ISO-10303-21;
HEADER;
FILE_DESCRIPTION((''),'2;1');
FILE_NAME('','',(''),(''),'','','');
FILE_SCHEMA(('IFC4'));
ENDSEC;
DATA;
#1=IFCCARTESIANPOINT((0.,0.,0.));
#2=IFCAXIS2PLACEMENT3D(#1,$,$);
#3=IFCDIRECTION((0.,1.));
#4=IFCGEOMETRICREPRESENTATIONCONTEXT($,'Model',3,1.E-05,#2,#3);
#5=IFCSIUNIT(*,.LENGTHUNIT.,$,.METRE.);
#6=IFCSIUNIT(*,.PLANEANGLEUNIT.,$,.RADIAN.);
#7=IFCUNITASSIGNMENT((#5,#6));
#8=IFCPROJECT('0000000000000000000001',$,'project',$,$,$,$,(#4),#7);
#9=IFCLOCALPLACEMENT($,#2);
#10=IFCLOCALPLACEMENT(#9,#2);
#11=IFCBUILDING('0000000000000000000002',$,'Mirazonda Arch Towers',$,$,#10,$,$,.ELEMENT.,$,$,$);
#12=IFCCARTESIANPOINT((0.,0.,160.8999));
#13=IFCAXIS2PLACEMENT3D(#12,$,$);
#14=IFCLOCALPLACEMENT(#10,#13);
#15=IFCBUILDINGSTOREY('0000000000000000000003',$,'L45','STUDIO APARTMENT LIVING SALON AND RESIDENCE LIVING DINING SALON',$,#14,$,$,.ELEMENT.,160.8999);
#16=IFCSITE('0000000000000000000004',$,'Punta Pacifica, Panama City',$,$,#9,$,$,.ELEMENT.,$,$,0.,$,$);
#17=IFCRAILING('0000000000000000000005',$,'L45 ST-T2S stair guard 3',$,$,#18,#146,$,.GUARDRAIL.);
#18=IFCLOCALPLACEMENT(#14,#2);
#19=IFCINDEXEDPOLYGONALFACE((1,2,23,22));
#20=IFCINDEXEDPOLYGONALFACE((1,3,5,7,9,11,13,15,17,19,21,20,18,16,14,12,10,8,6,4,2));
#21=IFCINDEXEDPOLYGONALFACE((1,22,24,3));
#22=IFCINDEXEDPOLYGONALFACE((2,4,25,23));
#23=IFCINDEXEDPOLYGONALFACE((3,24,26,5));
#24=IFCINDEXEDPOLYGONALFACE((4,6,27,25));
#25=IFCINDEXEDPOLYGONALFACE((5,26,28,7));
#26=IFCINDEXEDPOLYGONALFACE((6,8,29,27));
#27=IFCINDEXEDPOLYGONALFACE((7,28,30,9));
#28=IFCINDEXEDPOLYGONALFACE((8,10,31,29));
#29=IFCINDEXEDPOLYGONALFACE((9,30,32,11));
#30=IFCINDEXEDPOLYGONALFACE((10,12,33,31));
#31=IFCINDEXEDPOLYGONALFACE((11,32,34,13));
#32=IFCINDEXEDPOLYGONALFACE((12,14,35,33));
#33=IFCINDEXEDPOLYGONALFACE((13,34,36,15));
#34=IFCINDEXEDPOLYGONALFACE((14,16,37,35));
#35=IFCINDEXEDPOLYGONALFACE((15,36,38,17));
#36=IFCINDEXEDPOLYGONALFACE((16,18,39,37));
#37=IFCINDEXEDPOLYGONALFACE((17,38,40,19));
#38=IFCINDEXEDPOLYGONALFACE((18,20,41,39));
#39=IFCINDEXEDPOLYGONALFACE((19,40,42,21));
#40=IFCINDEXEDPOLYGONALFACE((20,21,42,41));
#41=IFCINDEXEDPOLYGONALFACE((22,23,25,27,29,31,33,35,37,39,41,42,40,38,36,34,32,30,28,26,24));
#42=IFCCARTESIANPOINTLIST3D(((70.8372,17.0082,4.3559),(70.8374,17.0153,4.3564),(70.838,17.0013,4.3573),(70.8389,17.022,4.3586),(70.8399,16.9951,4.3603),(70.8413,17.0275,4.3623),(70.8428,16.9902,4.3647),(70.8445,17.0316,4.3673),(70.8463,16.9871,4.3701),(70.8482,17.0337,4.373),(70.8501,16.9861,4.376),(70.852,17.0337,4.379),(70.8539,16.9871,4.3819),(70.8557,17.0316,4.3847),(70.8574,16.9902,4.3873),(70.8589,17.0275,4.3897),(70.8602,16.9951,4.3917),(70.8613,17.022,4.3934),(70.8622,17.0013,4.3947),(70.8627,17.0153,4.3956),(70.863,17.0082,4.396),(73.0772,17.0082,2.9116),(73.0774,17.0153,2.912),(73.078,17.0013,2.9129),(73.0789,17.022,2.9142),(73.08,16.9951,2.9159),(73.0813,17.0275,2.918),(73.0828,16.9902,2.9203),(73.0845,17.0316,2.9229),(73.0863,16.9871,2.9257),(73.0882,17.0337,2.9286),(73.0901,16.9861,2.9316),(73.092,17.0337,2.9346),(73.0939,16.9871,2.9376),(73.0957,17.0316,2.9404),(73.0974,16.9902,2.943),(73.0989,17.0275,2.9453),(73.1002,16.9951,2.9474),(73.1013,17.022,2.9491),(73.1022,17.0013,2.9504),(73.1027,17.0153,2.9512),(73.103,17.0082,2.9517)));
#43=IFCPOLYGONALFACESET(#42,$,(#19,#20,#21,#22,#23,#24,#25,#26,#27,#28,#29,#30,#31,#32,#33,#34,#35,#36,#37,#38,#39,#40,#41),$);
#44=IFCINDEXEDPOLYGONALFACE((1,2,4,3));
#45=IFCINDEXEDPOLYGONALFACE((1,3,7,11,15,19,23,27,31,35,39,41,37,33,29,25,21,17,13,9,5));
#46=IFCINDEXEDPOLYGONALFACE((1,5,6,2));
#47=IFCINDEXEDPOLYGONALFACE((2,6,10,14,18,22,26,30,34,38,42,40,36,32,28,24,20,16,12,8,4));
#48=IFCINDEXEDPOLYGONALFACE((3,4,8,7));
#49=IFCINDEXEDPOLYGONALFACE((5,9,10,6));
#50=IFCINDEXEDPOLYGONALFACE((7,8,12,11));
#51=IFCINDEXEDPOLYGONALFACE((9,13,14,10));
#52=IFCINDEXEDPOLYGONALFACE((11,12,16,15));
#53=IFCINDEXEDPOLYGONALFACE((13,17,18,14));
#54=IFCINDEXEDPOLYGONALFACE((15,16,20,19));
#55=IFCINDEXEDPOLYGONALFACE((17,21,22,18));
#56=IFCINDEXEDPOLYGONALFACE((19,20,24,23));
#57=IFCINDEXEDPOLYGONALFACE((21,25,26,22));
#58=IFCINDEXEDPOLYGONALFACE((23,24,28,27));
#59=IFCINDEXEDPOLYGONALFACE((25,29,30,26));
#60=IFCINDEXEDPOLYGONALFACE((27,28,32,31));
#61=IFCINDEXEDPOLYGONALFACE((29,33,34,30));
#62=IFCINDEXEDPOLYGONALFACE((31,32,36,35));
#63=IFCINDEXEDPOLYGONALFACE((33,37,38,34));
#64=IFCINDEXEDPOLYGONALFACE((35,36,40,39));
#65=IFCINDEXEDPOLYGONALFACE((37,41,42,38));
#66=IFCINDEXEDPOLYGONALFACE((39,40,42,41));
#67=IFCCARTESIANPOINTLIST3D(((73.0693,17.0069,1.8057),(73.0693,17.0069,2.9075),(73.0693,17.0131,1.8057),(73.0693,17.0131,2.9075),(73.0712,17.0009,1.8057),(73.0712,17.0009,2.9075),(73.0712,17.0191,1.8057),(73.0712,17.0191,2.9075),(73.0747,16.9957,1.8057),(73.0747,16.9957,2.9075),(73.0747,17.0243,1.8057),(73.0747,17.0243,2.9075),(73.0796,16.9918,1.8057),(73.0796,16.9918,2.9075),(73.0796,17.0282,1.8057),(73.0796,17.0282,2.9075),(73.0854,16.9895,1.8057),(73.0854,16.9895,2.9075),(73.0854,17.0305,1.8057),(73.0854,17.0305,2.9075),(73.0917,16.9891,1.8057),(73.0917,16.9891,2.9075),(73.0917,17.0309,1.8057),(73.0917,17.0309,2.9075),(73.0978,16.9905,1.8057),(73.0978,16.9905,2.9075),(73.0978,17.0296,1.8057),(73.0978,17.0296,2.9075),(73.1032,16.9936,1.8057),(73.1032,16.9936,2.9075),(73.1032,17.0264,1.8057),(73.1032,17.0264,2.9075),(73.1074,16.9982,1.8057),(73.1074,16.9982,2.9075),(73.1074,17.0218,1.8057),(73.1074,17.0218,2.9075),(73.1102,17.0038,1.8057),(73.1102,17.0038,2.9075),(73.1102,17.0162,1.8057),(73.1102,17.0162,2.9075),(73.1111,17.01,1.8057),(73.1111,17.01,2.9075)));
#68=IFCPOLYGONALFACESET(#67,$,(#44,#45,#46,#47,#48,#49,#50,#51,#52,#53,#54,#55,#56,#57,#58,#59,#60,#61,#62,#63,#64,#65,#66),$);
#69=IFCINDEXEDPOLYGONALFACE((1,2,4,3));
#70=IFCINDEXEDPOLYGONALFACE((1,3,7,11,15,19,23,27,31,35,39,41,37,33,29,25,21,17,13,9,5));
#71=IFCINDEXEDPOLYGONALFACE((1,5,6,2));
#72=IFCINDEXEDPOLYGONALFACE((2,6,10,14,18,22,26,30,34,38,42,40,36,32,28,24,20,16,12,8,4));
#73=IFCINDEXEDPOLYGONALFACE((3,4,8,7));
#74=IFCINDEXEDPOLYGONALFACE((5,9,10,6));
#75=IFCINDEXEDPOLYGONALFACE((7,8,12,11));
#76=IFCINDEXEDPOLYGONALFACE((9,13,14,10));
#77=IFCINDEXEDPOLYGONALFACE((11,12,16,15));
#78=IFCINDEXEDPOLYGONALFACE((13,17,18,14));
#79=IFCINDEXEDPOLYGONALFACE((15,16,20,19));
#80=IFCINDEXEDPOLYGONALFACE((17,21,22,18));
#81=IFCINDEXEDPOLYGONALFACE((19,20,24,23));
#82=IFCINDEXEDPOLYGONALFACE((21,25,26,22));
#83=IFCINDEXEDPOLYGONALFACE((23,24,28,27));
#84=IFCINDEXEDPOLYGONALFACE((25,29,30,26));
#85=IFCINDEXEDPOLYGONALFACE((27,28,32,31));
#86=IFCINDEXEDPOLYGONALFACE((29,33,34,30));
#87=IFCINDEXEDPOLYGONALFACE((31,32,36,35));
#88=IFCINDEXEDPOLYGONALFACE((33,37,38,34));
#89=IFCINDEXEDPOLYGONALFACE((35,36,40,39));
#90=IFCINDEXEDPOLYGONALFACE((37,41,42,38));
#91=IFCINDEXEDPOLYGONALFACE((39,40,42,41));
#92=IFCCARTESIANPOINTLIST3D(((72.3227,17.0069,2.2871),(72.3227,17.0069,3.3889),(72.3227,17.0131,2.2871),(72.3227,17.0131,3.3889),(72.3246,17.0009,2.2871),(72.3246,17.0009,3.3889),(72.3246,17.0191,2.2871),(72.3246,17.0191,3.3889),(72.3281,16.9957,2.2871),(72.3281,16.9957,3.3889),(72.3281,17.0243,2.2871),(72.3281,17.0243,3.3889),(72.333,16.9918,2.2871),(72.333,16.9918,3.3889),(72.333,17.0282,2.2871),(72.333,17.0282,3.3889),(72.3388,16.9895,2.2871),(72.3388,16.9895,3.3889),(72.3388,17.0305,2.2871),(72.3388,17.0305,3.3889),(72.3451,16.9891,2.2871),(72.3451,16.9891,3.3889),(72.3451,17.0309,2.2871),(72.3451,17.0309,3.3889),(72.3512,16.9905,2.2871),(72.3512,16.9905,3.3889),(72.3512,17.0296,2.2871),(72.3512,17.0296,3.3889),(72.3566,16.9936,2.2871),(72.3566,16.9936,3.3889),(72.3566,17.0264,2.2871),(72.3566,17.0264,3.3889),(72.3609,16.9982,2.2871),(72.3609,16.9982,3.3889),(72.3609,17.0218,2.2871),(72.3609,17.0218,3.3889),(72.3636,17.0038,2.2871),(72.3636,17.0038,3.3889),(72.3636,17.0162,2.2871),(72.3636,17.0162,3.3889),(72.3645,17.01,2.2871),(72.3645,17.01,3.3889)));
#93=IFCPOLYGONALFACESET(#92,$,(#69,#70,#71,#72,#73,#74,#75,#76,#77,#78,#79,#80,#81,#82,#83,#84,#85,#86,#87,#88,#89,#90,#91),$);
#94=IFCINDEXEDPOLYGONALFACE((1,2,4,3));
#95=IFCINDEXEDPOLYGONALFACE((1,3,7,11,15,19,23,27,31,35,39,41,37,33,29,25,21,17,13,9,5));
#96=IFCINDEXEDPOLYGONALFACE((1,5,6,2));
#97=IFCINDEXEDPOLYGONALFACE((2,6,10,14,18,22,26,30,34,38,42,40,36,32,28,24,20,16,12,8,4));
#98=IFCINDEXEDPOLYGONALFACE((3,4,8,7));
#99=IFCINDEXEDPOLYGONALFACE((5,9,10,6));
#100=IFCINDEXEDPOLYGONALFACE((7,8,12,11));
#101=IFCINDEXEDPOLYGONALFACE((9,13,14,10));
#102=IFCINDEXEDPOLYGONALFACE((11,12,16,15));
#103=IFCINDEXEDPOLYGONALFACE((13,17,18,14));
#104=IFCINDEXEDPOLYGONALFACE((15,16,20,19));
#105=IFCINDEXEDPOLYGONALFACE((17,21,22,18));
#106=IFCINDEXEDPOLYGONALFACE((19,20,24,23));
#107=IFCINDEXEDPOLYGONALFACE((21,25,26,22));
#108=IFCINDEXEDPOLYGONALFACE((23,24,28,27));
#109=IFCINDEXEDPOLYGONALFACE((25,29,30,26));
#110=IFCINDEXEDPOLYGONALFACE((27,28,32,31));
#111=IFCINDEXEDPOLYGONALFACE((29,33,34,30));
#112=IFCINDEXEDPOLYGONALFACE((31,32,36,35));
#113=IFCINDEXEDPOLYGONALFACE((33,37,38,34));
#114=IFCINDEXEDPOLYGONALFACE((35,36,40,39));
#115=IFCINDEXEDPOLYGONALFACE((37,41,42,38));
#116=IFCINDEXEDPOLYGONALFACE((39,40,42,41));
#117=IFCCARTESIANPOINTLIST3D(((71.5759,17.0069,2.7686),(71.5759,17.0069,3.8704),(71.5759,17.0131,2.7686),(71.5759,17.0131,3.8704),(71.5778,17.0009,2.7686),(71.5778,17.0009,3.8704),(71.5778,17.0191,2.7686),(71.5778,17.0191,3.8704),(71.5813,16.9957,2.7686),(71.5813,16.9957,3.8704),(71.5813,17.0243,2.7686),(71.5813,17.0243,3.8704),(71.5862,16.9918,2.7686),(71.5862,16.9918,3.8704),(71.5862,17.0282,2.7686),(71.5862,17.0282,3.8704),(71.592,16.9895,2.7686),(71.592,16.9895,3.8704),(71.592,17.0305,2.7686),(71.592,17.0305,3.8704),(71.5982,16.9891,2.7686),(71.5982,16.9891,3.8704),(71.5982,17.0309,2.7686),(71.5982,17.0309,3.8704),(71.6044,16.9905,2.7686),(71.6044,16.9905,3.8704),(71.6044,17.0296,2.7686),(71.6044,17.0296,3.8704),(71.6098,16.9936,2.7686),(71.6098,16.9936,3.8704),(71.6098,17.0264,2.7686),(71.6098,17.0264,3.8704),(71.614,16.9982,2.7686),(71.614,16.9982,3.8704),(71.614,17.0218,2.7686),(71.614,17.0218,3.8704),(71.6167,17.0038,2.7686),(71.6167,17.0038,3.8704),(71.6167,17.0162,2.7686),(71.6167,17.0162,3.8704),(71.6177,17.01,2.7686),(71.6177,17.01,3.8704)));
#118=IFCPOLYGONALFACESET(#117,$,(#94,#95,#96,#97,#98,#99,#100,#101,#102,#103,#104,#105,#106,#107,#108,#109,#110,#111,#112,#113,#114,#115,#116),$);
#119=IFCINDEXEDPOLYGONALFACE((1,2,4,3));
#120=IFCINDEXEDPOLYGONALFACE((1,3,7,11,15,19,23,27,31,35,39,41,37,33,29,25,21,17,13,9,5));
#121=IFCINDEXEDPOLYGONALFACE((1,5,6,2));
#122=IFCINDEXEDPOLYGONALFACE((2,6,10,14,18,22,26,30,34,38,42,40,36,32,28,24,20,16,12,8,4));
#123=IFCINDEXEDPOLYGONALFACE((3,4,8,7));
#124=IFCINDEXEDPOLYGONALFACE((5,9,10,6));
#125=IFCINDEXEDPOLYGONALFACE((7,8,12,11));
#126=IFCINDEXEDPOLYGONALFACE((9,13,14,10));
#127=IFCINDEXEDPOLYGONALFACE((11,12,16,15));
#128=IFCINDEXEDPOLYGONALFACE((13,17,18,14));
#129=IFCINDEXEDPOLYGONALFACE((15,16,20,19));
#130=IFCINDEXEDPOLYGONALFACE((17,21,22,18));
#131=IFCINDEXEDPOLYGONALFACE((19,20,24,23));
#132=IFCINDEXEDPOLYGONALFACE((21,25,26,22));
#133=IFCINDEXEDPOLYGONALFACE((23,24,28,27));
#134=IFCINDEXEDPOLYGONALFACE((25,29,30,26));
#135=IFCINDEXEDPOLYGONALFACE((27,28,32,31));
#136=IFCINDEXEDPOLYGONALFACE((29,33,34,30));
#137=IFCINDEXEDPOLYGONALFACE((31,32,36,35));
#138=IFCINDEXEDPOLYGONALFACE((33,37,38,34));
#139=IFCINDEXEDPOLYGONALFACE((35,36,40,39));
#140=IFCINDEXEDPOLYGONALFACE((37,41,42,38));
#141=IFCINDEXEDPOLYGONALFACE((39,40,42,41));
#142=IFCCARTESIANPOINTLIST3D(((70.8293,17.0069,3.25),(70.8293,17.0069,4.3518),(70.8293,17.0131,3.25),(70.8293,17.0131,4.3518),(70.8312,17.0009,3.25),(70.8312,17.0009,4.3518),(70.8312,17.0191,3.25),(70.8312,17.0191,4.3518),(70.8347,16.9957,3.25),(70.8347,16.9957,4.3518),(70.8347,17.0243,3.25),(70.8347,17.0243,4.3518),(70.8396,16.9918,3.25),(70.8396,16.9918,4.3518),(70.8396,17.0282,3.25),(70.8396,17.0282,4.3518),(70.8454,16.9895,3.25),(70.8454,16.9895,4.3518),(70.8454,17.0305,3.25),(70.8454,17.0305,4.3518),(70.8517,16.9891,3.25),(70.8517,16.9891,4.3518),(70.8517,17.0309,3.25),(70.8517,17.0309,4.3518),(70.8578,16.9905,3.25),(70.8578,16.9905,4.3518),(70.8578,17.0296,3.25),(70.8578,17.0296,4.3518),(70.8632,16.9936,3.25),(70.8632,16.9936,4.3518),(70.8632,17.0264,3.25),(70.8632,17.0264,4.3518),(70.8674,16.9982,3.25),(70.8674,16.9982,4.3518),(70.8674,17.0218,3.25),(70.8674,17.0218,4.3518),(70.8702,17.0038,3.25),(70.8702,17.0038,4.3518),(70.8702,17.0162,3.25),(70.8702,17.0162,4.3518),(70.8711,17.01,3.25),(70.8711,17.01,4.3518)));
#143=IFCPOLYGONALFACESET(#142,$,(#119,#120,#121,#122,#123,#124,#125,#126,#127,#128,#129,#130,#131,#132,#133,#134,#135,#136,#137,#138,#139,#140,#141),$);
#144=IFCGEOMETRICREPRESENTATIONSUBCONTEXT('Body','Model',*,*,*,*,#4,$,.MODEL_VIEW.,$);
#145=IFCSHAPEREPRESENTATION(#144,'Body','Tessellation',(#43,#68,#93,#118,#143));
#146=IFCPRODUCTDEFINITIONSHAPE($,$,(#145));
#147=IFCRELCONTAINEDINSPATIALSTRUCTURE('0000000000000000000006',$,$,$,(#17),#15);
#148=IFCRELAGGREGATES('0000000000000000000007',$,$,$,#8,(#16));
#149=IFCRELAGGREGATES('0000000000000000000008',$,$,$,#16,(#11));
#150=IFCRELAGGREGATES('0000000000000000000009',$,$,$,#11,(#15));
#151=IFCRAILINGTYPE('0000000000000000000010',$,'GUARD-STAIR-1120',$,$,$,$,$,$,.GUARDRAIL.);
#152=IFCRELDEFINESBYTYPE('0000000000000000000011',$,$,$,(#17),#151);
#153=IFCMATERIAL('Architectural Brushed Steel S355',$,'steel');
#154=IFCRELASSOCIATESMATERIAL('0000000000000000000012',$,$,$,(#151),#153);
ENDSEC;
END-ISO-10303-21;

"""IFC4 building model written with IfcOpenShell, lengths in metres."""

from ifc_helpers import new_model, si_unit, direction, frame, origin, origin_2d, place, context, subcontext, project, spatial, circle, extrude, material, type_object, element, save


model = new_model("IFC4")

# Units and contexts
model_context = context("Model", 3, precision=1e-05, world=origin(), true_north=direction((0.0, 1.0)))
body_context = subcontext(model_context, "Body", "Model", "MODEL_VIEW")
ifc_project = project(units=[si_unit("LENGTHUNIT", "METRE"), si_unit("PLANEANGLEUNIT", "RADIAN")], contexts=[model_context])

# Site, building, storey
site_placement = place(None, origin())
site = spatial("IfcSite", under=ifc_project, at=site_placement, Name="Punta Pacifica, Panama City", CompositionType="ELEMENT", RefElevation=0.0)
building_placement = place(site_placement, origin())
building = spatial("IfcBuilding", under=site, at=building_placement, Name="Mirazonda Arch Towers", CompositionType="ELEMENT")
storey_placement = place(building_placement, frame((0.0, 0.0, 160.8999)))
storey = spatial("IfcBuildingStorey", under=building, at=storey_placement, Name="L45", Description="STUDIO APARTMENT LIVING SALON AND RESIDENCE LIVING DINING SALON", CompositionType="ELEMENT", Elevation=160.8999)

# Railing
ifc_material_1 = material(Name="Architectural Brushed Steel S355", Category="steel")
railing_type_1 = type_object("IfcRailingType", Name="GUARD-STAIR-1120", PredefinedType="GUARDRAIL", material=ifc_material_1)
railing_1_placement = place(storey_placement, frame((73.0901, 17.01, 1.8057)))
element("IfcRailing", 1, at=railing_1_placement, inside=storey, type_object=railing_type_1, Name="L45 ST-T2S stair guard 3", PredefinedType="GUARDRAIL", context=body_context, shape_type="SweptSolid", body=[
    extrude(circle(Radius=0.0239, at=origin_2d()), frame((0.0, 0.0, 1.126), z_axis=(-0.840437, 0.0, 0.54191), x_axis=(0.0, -1.0, 0.0)), (0.0, 0.0, 1.0), 2.6653),
    extrude(circle(Radius=0.021, at=origin_2d()), origin(), (0.0, 0.0, 1.0), 1.1018),
    extrude(circle(Radius=0.021, at=origin_2d()), frame((-0.7466, 0.0, 0.4814)), (0.0, 0.0, 1.0), 1.1018),
    extrude(circle(Radius=0.021, at=origin_2d()), frame((-1.4934, 0.0, 0.9629)), (0.0, 0.0, 1.0), 1.1018),
    extrude(circle(Radius=0.021, at=origin_2d()), frame((-2.24, 0.0, 1.4443)), (0.0, 0.0, 1.0), 1.1018),
])

save(model, "model.ifc")
